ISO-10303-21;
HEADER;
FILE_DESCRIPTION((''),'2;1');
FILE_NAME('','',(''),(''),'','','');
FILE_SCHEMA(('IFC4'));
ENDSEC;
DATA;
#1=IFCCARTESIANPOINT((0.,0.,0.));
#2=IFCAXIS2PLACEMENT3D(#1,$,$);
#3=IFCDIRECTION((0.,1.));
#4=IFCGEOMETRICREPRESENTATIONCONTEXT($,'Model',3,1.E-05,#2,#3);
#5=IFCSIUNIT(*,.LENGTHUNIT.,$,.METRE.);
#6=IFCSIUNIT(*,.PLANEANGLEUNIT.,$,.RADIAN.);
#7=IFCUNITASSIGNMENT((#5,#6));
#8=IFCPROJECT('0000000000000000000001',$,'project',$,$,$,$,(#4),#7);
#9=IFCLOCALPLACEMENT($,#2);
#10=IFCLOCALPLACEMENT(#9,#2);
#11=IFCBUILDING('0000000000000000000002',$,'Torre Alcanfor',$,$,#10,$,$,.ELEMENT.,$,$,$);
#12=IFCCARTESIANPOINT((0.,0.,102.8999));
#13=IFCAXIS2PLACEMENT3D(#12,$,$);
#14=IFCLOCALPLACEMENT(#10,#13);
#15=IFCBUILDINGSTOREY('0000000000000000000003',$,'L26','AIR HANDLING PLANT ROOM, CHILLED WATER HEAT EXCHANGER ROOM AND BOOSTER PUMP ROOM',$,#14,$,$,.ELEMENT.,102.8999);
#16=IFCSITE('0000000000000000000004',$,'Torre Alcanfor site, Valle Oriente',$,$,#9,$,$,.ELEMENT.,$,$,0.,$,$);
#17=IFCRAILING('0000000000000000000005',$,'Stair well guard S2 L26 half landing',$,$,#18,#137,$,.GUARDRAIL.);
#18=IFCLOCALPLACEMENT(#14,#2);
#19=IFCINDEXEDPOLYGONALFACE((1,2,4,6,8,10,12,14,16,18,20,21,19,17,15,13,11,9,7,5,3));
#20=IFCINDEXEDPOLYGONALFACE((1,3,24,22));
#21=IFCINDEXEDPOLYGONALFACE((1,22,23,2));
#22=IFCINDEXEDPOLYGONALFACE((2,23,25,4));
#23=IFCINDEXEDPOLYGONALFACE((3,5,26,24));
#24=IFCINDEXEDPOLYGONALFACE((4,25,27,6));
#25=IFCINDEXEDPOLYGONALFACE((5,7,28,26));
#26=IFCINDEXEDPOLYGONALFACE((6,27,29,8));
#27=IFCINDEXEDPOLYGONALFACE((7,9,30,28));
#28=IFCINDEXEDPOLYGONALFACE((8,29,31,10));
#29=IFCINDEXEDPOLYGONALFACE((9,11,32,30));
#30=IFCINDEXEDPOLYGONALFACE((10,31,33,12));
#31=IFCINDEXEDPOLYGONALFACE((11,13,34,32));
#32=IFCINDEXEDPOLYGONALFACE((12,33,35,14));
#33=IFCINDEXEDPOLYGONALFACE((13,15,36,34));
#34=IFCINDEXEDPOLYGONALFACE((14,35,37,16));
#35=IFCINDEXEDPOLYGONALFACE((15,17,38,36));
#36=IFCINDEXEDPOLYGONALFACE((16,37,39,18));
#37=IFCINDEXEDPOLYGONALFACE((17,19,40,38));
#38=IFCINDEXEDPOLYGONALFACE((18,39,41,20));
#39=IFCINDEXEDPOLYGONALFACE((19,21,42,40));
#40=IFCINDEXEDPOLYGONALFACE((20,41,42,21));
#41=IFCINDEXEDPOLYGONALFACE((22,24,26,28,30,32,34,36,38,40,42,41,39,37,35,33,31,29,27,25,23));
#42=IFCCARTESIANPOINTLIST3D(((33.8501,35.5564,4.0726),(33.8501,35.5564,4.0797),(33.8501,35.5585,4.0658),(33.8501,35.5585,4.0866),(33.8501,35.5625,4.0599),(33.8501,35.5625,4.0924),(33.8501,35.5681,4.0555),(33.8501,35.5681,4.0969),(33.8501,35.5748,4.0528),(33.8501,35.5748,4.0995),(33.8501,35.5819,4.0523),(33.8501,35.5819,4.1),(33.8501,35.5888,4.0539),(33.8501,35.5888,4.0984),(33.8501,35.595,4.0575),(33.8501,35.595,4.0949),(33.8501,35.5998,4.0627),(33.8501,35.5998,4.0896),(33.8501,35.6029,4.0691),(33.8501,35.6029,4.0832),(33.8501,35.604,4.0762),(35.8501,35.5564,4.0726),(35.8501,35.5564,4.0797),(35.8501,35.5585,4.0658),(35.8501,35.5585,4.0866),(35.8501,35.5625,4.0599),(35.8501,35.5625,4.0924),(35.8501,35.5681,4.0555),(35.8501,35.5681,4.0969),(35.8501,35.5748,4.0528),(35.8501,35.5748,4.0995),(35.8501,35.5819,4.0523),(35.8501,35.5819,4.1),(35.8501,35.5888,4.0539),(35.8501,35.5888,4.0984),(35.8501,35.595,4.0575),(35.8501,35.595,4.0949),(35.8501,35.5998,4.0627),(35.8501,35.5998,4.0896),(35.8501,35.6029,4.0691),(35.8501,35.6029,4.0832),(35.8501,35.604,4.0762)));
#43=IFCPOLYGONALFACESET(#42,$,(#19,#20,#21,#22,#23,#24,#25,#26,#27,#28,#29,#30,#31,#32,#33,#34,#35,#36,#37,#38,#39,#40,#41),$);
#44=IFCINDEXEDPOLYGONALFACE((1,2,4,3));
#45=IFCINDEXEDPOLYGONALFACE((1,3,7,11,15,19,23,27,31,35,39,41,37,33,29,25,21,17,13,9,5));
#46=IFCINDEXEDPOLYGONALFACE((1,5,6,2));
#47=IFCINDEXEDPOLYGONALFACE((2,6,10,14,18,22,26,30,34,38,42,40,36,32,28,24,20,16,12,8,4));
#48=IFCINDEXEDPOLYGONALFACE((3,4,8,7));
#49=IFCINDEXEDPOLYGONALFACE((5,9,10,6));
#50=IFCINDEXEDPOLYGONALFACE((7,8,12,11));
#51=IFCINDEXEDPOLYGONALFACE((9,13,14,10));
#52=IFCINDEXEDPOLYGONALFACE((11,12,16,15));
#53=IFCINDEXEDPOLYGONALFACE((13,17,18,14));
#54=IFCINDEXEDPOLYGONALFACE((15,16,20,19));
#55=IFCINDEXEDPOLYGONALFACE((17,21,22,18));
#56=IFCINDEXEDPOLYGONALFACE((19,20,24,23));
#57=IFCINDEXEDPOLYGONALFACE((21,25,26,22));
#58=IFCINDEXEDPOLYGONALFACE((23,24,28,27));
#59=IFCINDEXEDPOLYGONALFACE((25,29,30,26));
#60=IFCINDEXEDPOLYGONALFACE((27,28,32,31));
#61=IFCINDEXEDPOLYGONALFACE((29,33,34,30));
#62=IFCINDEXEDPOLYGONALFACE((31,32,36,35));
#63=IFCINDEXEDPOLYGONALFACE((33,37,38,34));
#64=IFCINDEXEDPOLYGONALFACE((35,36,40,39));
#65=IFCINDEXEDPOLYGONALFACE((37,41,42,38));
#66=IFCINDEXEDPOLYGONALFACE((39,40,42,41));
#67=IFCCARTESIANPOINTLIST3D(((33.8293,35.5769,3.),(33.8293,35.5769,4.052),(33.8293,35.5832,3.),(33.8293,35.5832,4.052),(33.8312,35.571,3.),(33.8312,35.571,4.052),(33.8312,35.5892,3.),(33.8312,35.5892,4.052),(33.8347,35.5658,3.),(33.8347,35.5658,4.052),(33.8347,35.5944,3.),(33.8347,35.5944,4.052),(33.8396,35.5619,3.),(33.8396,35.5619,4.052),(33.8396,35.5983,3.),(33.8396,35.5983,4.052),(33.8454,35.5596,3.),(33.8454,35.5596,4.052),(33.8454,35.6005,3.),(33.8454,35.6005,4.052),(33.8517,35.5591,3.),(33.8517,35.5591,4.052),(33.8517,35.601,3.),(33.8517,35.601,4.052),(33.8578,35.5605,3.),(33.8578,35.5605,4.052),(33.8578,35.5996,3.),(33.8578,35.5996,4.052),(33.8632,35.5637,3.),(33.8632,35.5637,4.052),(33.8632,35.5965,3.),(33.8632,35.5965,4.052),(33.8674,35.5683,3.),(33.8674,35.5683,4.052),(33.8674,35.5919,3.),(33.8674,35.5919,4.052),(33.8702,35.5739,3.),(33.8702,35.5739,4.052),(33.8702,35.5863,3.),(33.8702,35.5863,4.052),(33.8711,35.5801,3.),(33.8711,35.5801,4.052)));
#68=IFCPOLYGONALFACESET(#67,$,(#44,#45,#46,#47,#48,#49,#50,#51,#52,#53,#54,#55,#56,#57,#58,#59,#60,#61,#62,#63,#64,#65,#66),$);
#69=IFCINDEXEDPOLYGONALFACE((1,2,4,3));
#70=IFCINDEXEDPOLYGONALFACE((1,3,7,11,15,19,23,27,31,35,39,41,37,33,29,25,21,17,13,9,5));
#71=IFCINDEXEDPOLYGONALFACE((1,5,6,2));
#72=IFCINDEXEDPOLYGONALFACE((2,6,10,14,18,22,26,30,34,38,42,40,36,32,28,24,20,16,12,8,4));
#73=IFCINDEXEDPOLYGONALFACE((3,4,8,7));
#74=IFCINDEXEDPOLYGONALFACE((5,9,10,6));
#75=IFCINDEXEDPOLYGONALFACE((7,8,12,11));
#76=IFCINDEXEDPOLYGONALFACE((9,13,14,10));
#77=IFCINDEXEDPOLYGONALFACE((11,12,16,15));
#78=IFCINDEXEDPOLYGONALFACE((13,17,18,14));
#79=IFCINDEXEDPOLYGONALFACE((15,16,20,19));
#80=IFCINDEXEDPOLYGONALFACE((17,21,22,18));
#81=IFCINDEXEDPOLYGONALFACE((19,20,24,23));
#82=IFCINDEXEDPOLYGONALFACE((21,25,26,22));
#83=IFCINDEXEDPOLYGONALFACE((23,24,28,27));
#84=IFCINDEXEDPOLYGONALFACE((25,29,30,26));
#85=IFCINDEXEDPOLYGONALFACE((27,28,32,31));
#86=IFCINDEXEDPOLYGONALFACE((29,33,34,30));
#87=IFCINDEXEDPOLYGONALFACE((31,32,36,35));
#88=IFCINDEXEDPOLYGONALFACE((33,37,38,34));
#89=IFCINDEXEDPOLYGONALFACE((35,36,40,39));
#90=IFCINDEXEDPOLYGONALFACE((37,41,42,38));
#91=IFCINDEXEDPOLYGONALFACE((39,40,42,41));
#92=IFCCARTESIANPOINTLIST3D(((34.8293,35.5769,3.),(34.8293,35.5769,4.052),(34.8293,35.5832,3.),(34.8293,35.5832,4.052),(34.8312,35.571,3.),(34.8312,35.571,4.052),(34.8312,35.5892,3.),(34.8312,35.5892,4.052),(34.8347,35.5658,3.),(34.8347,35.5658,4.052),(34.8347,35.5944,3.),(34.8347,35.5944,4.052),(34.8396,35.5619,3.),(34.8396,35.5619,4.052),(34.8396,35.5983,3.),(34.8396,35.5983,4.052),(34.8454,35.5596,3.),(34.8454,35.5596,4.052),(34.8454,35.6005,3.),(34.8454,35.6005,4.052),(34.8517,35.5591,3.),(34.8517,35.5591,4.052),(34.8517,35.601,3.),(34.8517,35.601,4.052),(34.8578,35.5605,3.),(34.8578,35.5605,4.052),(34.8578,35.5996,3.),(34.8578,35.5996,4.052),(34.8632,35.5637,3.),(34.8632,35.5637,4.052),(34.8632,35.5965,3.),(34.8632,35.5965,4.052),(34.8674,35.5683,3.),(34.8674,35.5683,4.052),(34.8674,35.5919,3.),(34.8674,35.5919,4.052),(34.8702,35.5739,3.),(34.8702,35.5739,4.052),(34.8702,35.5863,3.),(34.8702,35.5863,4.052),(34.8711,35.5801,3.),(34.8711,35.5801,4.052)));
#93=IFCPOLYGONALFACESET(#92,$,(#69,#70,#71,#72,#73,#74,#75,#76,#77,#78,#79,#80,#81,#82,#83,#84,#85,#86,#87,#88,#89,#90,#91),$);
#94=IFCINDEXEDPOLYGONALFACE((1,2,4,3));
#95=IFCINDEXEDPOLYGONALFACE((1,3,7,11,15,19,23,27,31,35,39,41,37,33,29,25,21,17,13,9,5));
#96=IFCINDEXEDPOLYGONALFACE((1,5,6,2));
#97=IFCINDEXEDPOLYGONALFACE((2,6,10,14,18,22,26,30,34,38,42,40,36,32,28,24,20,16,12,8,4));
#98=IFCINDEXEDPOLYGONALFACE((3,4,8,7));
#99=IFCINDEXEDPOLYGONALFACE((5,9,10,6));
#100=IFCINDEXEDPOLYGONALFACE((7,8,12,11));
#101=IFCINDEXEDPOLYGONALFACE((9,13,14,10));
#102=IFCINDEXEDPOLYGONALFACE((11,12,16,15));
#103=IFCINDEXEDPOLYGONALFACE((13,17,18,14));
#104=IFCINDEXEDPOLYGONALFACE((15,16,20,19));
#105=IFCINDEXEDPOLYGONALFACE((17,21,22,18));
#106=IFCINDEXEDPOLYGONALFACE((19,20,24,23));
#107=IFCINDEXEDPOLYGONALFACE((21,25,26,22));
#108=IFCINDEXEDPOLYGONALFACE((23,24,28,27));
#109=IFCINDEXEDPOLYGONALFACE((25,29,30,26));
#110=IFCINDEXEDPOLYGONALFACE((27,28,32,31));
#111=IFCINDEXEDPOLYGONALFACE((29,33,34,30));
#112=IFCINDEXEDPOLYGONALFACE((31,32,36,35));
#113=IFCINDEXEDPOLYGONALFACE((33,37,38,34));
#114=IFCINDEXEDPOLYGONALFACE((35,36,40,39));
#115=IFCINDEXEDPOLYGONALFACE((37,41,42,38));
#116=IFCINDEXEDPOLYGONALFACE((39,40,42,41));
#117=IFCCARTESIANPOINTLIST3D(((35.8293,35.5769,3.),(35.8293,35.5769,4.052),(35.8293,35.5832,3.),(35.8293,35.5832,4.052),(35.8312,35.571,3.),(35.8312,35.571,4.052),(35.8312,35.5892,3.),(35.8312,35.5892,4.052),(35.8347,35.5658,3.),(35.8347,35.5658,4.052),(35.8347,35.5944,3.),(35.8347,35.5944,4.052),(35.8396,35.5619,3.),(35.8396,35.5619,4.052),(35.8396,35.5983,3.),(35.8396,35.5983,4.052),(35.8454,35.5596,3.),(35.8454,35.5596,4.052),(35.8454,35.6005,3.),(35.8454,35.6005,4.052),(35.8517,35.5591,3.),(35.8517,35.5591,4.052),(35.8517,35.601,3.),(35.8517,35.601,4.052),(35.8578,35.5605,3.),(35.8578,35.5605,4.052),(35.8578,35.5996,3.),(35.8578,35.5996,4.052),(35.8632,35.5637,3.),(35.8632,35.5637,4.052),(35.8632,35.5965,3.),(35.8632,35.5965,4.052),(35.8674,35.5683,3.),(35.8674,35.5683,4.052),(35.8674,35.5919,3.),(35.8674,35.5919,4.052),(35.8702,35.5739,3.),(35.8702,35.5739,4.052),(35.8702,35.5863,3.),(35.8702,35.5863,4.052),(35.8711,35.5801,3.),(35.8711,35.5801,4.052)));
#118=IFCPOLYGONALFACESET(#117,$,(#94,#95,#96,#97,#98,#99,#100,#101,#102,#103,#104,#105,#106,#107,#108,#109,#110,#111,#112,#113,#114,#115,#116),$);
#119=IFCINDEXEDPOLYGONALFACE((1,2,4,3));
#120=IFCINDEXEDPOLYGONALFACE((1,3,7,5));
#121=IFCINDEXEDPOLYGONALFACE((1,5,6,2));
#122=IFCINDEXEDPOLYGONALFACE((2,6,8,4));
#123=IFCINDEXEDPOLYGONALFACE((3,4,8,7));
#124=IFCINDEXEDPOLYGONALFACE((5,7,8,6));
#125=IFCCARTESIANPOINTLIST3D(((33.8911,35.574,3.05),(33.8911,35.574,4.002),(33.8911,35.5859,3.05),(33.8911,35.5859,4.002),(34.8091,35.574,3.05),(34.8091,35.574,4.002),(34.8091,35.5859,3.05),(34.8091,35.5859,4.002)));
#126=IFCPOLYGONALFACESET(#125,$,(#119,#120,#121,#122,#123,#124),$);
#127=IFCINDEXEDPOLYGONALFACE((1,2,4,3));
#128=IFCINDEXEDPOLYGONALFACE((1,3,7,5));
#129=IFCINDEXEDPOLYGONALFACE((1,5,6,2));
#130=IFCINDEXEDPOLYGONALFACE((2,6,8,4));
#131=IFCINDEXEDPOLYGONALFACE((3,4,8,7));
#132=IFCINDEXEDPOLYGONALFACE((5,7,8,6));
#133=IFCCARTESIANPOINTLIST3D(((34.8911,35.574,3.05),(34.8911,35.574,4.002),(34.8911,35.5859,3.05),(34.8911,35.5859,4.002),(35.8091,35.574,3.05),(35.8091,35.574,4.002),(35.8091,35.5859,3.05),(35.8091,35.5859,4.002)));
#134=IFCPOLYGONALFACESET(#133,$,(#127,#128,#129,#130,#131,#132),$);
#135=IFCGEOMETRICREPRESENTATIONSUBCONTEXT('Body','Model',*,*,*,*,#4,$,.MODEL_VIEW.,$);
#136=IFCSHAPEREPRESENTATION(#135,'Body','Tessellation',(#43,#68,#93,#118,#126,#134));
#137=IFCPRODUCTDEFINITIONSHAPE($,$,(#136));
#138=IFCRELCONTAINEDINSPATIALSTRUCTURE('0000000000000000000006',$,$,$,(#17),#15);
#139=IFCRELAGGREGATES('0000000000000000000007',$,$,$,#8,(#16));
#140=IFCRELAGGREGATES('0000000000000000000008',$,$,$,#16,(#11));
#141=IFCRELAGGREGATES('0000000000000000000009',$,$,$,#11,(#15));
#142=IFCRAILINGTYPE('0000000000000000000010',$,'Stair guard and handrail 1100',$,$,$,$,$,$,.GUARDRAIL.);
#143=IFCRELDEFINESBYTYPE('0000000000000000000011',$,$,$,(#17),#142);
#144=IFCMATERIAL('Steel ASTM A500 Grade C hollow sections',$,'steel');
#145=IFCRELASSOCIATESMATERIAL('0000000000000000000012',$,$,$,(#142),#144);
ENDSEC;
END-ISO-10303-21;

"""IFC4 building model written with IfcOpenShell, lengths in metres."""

from ifc_helpers import new_model, si_unit, direction, frame, origin, origin_2d, place, context, subcontext, project, spatial, polyline, circle, outline, extrude, material, type_object, element, save


model = new_model("IFC4")

# Units and contexts
model_context = context("Model", 3, precision=1e-05, world=origin(), true_north=direction((0.0, 1.0)))
body_context = subcontext(model_context, "Body", "Model", "MODEL_VIEW")
ifc_project = project(units=[si_unit("LENGTHUNIT", "METRE"), si_unit("PLANEANGLEUNIT", "RADIAN")], contexts=[model_context])

# Site, building, storey
site_placement = place(None, origin())
site = spatial("IfcSite", under=ifc_project, at=site_placement, Name="Torre Alcanfor site, Valle Oriente", CompositionType="ELEMENT", RefElevation=0.0)
building_placement = place(site_placement, origin())
building = spatial("IfcBuilding", under=site, at=building_placement, Name="Torre Alcanfor", CompositionType="ELEMENT")
storey_placement = place(building_placement, frame((0.0, 0.0, 102.8999)))
storey = spatial("IfcBuildingStorey", under=building, at=storey_placement, Name="L26", Description="AIR HANDLING PLANT ROOM, CHILLED WATER HEAT EXCHANGER ROOM AND BOOSTER PUMP ROOM", CompositionType="ELEMENT", Elevation=102.8999)

# Railing
ifc_material_1 = material(Name="Steel ASTM A500 Grade C hollow sections", Category="steel")
railing_type_1 = type_object("IfcRailingType", Name="Stair guard and handrail 1100", PredefinedType="GUARDRAIL", material=ifc_material_1)
for number, where, name in (
    (1, (33.8501, 35.5801, 3.0), "Stair well guard S2 L26 half landing"),
):
    element("IfcRailing", number, at=place(storey_placement, frame(where)), inside=storey, type_object=railing_type_1, Name=name, PredefinedType="GUARDRAIL", context=body_context, shape_type="SweptSolid", body=[
        extrude(circle(Radius=0.0239, at=origin_2d()), frame((0.0, 0.0, 1.0762), z_axis=(1.0, 0.0, 0.0), x_axis=(0.0, 1.0, 0.0)), (0.0, 0.0, 1.0), 2.0),
        extrude(circle(Radius=0.021, at=origin_2d()), origin(), (0.0, 0.0, 1.0), 1.052),
        extrude(circle(Radius=0.021, at=origin_2d()), frame((1.0, 0.0, 0.0)), (0.0, 0.0, 1.0), 1.052),
        extrude(circle(Radius=0.021, at=origin_2d()), frame((2.0, 0.0, 0.0)), (0.0, 0.0, 1.0), 1.052),
        extrude(outline(polyline([(0.041, 0.05), (0.959, 0.05), (0.959, 1.002), (0.041, 1.002), (0.041, 0.05)])), frame((0.0, 0.0059, 0.0), z_axis=(0.0, -1.0, 0.0), x_axis=(1.0, 0.0, 0.0)), (0.0, 0.0, 1.0), 0.012),
        extrude(outline(polyline([(1.041, 0.05), (1.959, 0.05), (1.959, 1.002), (1.041, 1.002), (1.041, 0.05)])), frame((0.0, 0.0059, 0.0), z_axis=(0.0, -1.0, 0.0), x_axis=(1.0, 0.0, 0.0)), (0.0, 0.0, 1.0), 0.012),
    ])

save(model, "model.ifc")
